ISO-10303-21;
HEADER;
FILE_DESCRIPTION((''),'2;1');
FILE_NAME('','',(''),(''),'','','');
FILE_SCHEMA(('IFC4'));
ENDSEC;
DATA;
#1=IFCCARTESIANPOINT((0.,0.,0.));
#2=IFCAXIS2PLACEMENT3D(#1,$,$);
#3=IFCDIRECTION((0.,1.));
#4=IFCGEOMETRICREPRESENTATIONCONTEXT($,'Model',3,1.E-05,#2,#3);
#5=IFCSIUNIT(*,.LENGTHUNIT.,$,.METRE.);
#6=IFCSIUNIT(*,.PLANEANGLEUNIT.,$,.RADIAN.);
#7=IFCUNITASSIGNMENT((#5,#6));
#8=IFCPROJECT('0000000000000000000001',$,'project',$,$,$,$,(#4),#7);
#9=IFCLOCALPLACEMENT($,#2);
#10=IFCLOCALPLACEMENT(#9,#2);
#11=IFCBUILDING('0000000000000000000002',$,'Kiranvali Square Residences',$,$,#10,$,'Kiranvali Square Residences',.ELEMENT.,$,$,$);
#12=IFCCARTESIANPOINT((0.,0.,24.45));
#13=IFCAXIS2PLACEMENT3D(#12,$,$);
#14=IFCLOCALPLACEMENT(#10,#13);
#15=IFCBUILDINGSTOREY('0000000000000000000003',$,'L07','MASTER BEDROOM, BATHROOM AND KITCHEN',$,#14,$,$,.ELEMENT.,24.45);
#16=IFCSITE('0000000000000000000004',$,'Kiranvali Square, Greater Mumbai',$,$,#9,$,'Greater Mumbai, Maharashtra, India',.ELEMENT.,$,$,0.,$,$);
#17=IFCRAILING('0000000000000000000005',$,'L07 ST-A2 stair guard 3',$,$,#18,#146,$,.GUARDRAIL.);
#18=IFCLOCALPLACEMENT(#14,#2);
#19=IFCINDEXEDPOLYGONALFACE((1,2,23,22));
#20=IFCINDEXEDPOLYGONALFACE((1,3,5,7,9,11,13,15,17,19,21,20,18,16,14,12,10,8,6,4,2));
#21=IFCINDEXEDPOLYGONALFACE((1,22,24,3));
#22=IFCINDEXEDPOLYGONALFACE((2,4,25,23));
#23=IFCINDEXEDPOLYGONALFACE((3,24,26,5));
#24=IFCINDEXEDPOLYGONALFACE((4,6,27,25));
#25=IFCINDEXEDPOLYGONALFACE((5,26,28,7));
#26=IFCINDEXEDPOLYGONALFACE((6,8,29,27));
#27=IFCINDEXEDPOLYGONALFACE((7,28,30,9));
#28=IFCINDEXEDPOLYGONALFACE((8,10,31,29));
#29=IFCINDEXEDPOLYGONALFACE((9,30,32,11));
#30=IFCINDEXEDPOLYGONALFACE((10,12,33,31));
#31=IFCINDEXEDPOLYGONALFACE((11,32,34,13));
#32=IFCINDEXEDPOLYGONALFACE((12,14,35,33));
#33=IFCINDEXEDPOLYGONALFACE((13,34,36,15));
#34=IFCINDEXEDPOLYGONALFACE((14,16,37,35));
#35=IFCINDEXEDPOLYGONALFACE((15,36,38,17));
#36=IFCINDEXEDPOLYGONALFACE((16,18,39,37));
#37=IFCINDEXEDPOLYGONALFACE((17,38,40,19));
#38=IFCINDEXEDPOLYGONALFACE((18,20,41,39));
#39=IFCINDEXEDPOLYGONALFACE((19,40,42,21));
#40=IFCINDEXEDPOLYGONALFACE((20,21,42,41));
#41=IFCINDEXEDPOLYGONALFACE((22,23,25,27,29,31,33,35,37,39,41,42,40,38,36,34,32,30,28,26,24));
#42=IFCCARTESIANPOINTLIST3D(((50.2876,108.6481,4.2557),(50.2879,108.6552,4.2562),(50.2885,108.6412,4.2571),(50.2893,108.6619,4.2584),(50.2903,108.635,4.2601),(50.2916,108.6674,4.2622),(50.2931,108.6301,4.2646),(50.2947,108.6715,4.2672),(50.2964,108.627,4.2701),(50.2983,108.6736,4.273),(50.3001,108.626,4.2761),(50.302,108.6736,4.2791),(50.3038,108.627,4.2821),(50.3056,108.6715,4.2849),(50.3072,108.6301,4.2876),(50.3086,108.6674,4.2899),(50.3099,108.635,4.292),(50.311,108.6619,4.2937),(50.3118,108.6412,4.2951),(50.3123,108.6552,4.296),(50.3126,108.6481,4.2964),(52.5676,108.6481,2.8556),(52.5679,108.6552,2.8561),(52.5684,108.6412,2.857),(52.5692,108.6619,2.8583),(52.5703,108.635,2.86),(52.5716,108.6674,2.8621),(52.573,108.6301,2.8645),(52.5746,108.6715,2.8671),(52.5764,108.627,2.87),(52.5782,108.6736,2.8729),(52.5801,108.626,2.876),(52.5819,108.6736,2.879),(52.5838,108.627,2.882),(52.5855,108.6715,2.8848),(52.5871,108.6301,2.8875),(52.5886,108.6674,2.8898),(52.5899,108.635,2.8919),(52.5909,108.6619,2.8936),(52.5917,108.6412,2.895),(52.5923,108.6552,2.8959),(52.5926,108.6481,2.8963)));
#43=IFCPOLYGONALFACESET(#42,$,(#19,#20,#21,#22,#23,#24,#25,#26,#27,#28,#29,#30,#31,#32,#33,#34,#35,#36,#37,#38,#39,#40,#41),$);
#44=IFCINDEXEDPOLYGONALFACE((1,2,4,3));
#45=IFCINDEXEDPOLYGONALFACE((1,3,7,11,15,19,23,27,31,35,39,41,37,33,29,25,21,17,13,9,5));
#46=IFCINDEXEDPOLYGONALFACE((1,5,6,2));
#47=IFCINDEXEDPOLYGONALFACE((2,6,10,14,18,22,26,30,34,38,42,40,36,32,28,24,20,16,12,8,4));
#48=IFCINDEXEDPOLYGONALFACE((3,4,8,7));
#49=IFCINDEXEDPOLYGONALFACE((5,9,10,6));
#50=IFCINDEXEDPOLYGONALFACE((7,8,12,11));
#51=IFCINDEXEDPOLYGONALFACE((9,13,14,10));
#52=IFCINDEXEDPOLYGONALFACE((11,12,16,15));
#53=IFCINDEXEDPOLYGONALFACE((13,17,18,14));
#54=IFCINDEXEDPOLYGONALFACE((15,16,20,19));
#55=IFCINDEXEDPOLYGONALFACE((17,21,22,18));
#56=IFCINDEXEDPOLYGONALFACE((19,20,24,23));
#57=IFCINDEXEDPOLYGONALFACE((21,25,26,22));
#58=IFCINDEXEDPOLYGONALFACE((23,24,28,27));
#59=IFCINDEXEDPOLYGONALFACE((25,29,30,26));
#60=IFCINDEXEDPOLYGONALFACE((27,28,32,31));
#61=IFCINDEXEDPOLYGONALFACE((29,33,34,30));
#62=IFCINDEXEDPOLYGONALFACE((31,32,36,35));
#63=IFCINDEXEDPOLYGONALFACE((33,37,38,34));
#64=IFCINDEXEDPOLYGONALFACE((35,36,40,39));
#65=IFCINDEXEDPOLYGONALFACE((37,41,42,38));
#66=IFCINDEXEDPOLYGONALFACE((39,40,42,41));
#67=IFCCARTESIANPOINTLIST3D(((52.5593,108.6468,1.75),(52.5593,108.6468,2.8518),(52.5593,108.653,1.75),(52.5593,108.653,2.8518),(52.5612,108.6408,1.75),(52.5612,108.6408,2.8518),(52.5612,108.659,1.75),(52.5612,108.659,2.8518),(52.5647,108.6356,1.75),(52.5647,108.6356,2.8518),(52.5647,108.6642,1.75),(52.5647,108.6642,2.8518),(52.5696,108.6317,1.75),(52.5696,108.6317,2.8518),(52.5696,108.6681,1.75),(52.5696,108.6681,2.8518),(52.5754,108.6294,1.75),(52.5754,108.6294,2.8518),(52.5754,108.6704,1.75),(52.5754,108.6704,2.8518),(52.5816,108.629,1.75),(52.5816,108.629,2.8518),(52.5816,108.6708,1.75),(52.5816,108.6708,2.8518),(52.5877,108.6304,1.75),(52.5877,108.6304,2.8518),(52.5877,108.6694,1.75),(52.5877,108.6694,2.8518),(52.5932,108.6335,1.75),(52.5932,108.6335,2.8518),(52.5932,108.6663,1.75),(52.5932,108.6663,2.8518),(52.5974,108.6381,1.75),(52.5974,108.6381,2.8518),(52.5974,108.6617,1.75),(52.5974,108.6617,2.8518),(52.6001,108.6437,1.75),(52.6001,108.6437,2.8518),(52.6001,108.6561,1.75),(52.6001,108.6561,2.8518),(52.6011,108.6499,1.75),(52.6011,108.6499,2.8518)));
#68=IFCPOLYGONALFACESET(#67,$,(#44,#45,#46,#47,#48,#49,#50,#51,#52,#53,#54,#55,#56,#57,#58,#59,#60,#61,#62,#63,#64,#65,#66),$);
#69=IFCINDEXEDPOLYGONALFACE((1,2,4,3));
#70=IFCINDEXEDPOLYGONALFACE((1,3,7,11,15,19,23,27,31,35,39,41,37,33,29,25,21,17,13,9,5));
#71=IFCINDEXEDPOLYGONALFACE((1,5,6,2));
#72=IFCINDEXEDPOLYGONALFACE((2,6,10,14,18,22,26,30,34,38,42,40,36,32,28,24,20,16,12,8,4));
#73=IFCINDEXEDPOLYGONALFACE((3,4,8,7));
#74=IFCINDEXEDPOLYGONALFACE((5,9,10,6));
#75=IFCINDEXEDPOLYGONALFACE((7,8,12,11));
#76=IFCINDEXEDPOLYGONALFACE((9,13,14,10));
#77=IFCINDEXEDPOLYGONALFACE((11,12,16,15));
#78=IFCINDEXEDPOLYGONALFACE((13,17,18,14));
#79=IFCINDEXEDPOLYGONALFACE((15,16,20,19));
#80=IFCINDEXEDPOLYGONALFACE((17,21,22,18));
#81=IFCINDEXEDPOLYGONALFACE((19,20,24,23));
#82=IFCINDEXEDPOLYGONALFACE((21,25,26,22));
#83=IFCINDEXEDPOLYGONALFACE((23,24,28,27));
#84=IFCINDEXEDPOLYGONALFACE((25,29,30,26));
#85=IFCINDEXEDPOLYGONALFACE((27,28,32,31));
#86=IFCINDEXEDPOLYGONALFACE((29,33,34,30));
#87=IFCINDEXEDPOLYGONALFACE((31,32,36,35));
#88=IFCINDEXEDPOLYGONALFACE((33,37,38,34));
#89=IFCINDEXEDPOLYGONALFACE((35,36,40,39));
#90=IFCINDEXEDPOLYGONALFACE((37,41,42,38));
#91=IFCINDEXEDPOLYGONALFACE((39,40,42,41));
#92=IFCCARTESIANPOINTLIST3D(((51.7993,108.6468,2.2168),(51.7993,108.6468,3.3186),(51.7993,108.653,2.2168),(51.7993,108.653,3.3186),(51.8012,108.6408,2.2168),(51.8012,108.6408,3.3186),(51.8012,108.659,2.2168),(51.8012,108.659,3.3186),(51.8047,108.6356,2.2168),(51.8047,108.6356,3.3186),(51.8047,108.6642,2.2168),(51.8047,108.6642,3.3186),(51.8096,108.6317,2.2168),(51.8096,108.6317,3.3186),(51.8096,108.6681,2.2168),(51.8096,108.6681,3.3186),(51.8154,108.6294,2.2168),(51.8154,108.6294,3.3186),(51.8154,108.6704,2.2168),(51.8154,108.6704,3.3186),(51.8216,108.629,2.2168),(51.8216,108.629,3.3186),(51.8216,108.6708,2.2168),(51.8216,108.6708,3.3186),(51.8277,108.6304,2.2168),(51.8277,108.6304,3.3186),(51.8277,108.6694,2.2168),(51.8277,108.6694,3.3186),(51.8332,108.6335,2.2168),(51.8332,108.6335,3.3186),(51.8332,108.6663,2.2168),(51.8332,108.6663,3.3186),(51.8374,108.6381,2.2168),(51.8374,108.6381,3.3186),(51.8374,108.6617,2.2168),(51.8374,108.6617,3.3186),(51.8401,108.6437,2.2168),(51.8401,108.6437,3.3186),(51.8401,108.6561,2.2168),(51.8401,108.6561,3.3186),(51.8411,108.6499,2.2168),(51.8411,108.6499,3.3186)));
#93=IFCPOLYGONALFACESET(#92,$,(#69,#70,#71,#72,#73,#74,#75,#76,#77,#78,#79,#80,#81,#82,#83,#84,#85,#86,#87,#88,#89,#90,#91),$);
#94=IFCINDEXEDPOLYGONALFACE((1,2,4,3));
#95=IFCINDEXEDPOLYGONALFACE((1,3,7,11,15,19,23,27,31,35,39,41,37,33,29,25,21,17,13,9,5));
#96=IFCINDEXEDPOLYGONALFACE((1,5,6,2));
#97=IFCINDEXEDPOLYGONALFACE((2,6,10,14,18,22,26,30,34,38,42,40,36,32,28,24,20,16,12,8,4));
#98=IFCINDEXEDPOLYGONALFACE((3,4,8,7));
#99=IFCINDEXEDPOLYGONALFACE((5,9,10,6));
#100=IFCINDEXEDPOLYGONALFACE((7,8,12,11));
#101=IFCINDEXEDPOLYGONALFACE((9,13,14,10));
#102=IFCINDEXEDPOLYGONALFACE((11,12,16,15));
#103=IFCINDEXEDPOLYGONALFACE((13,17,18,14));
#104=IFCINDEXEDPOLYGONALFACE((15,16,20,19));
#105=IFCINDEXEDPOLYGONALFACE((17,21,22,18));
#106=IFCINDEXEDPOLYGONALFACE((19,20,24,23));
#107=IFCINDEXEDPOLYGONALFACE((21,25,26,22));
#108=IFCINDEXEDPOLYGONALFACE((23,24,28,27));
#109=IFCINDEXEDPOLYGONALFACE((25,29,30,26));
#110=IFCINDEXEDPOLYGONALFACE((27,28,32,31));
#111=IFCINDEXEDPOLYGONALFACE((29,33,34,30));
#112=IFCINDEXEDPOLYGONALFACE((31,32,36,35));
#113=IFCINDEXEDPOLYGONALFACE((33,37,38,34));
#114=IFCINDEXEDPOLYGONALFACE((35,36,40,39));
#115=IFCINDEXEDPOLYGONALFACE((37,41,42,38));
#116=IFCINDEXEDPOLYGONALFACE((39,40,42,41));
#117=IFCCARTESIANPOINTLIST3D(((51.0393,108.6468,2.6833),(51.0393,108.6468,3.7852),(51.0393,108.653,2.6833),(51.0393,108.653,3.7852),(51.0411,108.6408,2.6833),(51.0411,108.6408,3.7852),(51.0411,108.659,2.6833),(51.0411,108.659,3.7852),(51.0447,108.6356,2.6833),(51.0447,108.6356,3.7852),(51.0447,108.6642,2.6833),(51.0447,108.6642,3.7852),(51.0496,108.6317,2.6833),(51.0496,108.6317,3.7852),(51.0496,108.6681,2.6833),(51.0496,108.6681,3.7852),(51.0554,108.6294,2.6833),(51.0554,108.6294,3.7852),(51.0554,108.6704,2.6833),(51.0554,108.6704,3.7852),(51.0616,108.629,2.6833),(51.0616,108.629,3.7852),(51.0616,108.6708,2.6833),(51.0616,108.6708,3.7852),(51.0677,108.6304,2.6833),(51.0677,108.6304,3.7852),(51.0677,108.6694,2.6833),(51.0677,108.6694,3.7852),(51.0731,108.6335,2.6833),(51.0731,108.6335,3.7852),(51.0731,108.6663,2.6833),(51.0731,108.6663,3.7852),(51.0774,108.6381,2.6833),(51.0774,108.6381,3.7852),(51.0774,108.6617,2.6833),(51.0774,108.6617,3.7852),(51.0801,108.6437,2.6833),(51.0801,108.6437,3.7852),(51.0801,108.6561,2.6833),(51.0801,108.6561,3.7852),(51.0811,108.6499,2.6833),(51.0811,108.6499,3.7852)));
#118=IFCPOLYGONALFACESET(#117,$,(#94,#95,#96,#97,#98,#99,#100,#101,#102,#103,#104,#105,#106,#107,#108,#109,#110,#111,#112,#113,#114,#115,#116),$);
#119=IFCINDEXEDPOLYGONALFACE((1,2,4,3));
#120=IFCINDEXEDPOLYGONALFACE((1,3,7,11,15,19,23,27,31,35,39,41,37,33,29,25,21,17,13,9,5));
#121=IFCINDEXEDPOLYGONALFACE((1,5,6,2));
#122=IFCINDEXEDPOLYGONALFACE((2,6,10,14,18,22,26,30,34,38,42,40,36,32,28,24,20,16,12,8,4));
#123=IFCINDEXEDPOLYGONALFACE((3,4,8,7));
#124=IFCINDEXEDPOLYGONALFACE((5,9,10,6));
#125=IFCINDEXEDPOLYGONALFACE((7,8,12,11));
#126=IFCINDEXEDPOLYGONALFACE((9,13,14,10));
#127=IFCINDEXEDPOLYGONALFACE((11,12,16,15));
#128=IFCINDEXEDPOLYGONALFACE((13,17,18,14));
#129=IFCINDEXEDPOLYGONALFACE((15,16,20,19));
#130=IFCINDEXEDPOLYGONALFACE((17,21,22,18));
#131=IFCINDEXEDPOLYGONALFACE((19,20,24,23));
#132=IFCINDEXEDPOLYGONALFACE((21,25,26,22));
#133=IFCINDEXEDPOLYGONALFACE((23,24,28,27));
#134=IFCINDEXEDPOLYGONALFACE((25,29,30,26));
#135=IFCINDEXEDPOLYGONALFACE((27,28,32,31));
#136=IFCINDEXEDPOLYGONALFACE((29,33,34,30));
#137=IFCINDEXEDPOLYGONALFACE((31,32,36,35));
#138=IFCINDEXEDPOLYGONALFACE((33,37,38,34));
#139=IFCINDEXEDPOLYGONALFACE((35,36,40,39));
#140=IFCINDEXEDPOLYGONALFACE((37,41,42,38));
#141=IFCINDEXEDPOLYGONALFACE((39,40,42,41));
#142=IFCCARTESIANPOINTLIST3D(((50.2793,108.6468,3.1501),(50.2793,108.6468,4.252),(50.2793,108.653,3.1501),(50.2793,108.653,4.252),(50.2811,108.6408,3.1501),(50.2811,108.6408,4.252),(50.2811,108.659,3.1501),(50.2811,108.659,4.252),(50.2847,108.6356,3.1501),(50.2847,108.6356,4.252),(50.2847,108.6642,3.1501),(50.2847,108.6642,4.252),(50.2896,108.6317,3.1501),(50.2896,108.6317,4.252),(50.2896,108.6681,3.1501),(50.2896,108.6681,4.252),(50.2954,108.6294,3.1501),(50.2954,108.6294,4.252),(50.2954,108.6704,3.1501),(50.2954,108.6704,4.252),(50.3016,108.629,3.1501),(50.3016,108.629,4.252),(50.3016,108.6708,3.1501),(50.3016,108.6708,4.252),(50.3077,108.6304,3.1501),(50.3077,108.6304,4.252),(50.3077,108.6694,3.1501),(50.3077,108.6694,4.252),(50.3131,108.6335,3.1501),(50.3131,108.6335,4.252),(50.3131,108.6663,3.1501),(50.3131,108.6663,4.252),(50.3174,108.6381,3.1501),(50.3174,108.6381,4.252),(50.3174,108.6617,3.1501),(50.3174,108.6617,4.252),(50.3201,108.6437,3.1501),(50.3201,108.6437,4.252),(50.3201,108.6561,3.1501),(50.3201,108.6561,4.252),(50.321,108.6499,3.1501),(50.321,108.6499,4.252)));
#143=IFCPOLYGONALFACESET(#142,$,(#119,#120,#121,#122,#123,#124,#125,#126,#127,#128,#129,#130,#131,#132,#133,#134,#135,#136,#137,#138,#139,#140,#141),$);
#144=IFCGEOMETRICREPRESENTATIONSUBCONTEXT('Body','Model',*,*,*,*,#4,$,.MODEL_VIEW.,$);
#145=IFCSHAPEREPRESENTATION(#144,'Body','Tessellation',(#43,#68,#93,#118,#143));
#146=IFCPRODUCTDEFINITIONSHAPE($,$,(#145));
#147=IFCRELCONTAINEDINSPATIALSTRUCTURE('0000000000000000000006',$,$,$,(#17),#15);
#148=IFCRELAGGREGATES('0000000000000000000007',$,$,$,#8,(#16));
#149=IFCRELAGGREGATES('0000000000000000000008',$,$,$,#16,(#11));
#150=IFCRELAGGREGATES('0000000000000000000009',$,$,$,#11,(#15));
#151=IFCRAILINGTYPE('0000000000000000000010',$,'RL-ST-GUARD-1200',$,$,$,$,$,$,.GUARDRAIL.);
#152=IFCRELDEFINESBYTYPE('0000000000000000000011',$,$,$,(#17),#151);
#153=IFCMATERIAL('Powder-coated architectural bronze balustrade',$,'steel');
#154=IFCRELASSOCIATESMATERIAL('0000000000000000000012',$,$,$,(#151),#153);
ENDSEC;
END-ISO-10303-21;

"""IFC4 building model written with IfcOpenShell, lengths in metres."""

from ifc_helpers import new_model, si_unit, direction, frame, origin, origin_2d, place, context, subcontext, project, spatial, circle, extrude, material, type_object, element, save


model = new_model("IFC4")

# Units and contexts
model_context = context("Model", 3, precision=1e-05, world=origin(), true_north=direction((0.0, 1.0)))
body_context = subcontext(model_context, "Body", "Model", "MODEL_VIEW")
ifc_project = project(units=[si_unit("LENGTHUNIT", "METRE"), si_unit("PLANEANGLEUNIT", "RADIAN")], contexts=[model_context])

# Site, building, storey
site_placement = place(None, origin())
site = spatial("IfcSite", under=ifc_project, at=site_placement, Name="Kiranvali Square, Greater Mumbai", LongName="Greater Mumbai, Maharashtra, India", CompositionType="ELEMENT", RefElevation=0.0)
building_placement = place(site_placement, origin())
building = spatial("IfcBuilding", under=site, at=building_placement, Name="Kiranvali Square Residences", LongName="Kiranvali Square Residences", CompositionType="ELEMENT")
storey_placement = place(building_placement, frame((0.0, 0.0, 24.45)))
storey = spatial("IfcBuildingStorey", under=building, at=storey_placement, Name="L07", Description="MASTER BEDROOM, BATHROOM AND KITCHEN", CompositionType="ELEMENT", Elevation=24.45)

# Railing
ifc_material_1 = material(Name="Powder-coated architectural bronze balustrade", Category="steel")
railing_type_1 = type_object("IfcRailingType", Name="RL-ST-GUARD-1200", PredefinedType="GUARDRAIL", material=ifc_material_1)
railing_1_placement = place(storey_placement, frame((52.5801, 108.6499, 1.75)))
element("IfcRailing", 1, at=railing_1_placement, inside=storey, type_object=railing_type_1, Name="L07 ST-A2 stair guard 3", PredefinedType="GUARDRAIL", context=body_context, shape_type="SweptSolid", body=[
    extrude(circle(Radius=0.0239, at=origin_2d()), frame((0.0, 0.0, 1.126), z_axis=(-0.85215, 0.0, 0.523298), x_axis=(0.0, -1.0, 0.0)), (0.0, 0.0, 1.0), 2.6755),
    extrude(circle(Radius=0.021, at=origin_2d()), origin(), (0.0, 0.0, 1.0), 1.1018),
    extrude(circle(Radius=0.021, at=origin_2d()), frame((-0.76, 0.0, 0.4668)), (0.0, 0.0, 1.0), 1.1018),
    extrude(circle(Radius=0.021, at=origin_2d()), frame((-1.52, 0.0, 0.9333)), (0.0, 0.0, 1.0), 1.1018),
    extrude(circle(Radius=0.021, at=origin_2d()), frame((-2.28, 0.0, 1.4001)), (0.0, 0.0, 1.0), 1.1018),
])

save(model, "model.ifc")
